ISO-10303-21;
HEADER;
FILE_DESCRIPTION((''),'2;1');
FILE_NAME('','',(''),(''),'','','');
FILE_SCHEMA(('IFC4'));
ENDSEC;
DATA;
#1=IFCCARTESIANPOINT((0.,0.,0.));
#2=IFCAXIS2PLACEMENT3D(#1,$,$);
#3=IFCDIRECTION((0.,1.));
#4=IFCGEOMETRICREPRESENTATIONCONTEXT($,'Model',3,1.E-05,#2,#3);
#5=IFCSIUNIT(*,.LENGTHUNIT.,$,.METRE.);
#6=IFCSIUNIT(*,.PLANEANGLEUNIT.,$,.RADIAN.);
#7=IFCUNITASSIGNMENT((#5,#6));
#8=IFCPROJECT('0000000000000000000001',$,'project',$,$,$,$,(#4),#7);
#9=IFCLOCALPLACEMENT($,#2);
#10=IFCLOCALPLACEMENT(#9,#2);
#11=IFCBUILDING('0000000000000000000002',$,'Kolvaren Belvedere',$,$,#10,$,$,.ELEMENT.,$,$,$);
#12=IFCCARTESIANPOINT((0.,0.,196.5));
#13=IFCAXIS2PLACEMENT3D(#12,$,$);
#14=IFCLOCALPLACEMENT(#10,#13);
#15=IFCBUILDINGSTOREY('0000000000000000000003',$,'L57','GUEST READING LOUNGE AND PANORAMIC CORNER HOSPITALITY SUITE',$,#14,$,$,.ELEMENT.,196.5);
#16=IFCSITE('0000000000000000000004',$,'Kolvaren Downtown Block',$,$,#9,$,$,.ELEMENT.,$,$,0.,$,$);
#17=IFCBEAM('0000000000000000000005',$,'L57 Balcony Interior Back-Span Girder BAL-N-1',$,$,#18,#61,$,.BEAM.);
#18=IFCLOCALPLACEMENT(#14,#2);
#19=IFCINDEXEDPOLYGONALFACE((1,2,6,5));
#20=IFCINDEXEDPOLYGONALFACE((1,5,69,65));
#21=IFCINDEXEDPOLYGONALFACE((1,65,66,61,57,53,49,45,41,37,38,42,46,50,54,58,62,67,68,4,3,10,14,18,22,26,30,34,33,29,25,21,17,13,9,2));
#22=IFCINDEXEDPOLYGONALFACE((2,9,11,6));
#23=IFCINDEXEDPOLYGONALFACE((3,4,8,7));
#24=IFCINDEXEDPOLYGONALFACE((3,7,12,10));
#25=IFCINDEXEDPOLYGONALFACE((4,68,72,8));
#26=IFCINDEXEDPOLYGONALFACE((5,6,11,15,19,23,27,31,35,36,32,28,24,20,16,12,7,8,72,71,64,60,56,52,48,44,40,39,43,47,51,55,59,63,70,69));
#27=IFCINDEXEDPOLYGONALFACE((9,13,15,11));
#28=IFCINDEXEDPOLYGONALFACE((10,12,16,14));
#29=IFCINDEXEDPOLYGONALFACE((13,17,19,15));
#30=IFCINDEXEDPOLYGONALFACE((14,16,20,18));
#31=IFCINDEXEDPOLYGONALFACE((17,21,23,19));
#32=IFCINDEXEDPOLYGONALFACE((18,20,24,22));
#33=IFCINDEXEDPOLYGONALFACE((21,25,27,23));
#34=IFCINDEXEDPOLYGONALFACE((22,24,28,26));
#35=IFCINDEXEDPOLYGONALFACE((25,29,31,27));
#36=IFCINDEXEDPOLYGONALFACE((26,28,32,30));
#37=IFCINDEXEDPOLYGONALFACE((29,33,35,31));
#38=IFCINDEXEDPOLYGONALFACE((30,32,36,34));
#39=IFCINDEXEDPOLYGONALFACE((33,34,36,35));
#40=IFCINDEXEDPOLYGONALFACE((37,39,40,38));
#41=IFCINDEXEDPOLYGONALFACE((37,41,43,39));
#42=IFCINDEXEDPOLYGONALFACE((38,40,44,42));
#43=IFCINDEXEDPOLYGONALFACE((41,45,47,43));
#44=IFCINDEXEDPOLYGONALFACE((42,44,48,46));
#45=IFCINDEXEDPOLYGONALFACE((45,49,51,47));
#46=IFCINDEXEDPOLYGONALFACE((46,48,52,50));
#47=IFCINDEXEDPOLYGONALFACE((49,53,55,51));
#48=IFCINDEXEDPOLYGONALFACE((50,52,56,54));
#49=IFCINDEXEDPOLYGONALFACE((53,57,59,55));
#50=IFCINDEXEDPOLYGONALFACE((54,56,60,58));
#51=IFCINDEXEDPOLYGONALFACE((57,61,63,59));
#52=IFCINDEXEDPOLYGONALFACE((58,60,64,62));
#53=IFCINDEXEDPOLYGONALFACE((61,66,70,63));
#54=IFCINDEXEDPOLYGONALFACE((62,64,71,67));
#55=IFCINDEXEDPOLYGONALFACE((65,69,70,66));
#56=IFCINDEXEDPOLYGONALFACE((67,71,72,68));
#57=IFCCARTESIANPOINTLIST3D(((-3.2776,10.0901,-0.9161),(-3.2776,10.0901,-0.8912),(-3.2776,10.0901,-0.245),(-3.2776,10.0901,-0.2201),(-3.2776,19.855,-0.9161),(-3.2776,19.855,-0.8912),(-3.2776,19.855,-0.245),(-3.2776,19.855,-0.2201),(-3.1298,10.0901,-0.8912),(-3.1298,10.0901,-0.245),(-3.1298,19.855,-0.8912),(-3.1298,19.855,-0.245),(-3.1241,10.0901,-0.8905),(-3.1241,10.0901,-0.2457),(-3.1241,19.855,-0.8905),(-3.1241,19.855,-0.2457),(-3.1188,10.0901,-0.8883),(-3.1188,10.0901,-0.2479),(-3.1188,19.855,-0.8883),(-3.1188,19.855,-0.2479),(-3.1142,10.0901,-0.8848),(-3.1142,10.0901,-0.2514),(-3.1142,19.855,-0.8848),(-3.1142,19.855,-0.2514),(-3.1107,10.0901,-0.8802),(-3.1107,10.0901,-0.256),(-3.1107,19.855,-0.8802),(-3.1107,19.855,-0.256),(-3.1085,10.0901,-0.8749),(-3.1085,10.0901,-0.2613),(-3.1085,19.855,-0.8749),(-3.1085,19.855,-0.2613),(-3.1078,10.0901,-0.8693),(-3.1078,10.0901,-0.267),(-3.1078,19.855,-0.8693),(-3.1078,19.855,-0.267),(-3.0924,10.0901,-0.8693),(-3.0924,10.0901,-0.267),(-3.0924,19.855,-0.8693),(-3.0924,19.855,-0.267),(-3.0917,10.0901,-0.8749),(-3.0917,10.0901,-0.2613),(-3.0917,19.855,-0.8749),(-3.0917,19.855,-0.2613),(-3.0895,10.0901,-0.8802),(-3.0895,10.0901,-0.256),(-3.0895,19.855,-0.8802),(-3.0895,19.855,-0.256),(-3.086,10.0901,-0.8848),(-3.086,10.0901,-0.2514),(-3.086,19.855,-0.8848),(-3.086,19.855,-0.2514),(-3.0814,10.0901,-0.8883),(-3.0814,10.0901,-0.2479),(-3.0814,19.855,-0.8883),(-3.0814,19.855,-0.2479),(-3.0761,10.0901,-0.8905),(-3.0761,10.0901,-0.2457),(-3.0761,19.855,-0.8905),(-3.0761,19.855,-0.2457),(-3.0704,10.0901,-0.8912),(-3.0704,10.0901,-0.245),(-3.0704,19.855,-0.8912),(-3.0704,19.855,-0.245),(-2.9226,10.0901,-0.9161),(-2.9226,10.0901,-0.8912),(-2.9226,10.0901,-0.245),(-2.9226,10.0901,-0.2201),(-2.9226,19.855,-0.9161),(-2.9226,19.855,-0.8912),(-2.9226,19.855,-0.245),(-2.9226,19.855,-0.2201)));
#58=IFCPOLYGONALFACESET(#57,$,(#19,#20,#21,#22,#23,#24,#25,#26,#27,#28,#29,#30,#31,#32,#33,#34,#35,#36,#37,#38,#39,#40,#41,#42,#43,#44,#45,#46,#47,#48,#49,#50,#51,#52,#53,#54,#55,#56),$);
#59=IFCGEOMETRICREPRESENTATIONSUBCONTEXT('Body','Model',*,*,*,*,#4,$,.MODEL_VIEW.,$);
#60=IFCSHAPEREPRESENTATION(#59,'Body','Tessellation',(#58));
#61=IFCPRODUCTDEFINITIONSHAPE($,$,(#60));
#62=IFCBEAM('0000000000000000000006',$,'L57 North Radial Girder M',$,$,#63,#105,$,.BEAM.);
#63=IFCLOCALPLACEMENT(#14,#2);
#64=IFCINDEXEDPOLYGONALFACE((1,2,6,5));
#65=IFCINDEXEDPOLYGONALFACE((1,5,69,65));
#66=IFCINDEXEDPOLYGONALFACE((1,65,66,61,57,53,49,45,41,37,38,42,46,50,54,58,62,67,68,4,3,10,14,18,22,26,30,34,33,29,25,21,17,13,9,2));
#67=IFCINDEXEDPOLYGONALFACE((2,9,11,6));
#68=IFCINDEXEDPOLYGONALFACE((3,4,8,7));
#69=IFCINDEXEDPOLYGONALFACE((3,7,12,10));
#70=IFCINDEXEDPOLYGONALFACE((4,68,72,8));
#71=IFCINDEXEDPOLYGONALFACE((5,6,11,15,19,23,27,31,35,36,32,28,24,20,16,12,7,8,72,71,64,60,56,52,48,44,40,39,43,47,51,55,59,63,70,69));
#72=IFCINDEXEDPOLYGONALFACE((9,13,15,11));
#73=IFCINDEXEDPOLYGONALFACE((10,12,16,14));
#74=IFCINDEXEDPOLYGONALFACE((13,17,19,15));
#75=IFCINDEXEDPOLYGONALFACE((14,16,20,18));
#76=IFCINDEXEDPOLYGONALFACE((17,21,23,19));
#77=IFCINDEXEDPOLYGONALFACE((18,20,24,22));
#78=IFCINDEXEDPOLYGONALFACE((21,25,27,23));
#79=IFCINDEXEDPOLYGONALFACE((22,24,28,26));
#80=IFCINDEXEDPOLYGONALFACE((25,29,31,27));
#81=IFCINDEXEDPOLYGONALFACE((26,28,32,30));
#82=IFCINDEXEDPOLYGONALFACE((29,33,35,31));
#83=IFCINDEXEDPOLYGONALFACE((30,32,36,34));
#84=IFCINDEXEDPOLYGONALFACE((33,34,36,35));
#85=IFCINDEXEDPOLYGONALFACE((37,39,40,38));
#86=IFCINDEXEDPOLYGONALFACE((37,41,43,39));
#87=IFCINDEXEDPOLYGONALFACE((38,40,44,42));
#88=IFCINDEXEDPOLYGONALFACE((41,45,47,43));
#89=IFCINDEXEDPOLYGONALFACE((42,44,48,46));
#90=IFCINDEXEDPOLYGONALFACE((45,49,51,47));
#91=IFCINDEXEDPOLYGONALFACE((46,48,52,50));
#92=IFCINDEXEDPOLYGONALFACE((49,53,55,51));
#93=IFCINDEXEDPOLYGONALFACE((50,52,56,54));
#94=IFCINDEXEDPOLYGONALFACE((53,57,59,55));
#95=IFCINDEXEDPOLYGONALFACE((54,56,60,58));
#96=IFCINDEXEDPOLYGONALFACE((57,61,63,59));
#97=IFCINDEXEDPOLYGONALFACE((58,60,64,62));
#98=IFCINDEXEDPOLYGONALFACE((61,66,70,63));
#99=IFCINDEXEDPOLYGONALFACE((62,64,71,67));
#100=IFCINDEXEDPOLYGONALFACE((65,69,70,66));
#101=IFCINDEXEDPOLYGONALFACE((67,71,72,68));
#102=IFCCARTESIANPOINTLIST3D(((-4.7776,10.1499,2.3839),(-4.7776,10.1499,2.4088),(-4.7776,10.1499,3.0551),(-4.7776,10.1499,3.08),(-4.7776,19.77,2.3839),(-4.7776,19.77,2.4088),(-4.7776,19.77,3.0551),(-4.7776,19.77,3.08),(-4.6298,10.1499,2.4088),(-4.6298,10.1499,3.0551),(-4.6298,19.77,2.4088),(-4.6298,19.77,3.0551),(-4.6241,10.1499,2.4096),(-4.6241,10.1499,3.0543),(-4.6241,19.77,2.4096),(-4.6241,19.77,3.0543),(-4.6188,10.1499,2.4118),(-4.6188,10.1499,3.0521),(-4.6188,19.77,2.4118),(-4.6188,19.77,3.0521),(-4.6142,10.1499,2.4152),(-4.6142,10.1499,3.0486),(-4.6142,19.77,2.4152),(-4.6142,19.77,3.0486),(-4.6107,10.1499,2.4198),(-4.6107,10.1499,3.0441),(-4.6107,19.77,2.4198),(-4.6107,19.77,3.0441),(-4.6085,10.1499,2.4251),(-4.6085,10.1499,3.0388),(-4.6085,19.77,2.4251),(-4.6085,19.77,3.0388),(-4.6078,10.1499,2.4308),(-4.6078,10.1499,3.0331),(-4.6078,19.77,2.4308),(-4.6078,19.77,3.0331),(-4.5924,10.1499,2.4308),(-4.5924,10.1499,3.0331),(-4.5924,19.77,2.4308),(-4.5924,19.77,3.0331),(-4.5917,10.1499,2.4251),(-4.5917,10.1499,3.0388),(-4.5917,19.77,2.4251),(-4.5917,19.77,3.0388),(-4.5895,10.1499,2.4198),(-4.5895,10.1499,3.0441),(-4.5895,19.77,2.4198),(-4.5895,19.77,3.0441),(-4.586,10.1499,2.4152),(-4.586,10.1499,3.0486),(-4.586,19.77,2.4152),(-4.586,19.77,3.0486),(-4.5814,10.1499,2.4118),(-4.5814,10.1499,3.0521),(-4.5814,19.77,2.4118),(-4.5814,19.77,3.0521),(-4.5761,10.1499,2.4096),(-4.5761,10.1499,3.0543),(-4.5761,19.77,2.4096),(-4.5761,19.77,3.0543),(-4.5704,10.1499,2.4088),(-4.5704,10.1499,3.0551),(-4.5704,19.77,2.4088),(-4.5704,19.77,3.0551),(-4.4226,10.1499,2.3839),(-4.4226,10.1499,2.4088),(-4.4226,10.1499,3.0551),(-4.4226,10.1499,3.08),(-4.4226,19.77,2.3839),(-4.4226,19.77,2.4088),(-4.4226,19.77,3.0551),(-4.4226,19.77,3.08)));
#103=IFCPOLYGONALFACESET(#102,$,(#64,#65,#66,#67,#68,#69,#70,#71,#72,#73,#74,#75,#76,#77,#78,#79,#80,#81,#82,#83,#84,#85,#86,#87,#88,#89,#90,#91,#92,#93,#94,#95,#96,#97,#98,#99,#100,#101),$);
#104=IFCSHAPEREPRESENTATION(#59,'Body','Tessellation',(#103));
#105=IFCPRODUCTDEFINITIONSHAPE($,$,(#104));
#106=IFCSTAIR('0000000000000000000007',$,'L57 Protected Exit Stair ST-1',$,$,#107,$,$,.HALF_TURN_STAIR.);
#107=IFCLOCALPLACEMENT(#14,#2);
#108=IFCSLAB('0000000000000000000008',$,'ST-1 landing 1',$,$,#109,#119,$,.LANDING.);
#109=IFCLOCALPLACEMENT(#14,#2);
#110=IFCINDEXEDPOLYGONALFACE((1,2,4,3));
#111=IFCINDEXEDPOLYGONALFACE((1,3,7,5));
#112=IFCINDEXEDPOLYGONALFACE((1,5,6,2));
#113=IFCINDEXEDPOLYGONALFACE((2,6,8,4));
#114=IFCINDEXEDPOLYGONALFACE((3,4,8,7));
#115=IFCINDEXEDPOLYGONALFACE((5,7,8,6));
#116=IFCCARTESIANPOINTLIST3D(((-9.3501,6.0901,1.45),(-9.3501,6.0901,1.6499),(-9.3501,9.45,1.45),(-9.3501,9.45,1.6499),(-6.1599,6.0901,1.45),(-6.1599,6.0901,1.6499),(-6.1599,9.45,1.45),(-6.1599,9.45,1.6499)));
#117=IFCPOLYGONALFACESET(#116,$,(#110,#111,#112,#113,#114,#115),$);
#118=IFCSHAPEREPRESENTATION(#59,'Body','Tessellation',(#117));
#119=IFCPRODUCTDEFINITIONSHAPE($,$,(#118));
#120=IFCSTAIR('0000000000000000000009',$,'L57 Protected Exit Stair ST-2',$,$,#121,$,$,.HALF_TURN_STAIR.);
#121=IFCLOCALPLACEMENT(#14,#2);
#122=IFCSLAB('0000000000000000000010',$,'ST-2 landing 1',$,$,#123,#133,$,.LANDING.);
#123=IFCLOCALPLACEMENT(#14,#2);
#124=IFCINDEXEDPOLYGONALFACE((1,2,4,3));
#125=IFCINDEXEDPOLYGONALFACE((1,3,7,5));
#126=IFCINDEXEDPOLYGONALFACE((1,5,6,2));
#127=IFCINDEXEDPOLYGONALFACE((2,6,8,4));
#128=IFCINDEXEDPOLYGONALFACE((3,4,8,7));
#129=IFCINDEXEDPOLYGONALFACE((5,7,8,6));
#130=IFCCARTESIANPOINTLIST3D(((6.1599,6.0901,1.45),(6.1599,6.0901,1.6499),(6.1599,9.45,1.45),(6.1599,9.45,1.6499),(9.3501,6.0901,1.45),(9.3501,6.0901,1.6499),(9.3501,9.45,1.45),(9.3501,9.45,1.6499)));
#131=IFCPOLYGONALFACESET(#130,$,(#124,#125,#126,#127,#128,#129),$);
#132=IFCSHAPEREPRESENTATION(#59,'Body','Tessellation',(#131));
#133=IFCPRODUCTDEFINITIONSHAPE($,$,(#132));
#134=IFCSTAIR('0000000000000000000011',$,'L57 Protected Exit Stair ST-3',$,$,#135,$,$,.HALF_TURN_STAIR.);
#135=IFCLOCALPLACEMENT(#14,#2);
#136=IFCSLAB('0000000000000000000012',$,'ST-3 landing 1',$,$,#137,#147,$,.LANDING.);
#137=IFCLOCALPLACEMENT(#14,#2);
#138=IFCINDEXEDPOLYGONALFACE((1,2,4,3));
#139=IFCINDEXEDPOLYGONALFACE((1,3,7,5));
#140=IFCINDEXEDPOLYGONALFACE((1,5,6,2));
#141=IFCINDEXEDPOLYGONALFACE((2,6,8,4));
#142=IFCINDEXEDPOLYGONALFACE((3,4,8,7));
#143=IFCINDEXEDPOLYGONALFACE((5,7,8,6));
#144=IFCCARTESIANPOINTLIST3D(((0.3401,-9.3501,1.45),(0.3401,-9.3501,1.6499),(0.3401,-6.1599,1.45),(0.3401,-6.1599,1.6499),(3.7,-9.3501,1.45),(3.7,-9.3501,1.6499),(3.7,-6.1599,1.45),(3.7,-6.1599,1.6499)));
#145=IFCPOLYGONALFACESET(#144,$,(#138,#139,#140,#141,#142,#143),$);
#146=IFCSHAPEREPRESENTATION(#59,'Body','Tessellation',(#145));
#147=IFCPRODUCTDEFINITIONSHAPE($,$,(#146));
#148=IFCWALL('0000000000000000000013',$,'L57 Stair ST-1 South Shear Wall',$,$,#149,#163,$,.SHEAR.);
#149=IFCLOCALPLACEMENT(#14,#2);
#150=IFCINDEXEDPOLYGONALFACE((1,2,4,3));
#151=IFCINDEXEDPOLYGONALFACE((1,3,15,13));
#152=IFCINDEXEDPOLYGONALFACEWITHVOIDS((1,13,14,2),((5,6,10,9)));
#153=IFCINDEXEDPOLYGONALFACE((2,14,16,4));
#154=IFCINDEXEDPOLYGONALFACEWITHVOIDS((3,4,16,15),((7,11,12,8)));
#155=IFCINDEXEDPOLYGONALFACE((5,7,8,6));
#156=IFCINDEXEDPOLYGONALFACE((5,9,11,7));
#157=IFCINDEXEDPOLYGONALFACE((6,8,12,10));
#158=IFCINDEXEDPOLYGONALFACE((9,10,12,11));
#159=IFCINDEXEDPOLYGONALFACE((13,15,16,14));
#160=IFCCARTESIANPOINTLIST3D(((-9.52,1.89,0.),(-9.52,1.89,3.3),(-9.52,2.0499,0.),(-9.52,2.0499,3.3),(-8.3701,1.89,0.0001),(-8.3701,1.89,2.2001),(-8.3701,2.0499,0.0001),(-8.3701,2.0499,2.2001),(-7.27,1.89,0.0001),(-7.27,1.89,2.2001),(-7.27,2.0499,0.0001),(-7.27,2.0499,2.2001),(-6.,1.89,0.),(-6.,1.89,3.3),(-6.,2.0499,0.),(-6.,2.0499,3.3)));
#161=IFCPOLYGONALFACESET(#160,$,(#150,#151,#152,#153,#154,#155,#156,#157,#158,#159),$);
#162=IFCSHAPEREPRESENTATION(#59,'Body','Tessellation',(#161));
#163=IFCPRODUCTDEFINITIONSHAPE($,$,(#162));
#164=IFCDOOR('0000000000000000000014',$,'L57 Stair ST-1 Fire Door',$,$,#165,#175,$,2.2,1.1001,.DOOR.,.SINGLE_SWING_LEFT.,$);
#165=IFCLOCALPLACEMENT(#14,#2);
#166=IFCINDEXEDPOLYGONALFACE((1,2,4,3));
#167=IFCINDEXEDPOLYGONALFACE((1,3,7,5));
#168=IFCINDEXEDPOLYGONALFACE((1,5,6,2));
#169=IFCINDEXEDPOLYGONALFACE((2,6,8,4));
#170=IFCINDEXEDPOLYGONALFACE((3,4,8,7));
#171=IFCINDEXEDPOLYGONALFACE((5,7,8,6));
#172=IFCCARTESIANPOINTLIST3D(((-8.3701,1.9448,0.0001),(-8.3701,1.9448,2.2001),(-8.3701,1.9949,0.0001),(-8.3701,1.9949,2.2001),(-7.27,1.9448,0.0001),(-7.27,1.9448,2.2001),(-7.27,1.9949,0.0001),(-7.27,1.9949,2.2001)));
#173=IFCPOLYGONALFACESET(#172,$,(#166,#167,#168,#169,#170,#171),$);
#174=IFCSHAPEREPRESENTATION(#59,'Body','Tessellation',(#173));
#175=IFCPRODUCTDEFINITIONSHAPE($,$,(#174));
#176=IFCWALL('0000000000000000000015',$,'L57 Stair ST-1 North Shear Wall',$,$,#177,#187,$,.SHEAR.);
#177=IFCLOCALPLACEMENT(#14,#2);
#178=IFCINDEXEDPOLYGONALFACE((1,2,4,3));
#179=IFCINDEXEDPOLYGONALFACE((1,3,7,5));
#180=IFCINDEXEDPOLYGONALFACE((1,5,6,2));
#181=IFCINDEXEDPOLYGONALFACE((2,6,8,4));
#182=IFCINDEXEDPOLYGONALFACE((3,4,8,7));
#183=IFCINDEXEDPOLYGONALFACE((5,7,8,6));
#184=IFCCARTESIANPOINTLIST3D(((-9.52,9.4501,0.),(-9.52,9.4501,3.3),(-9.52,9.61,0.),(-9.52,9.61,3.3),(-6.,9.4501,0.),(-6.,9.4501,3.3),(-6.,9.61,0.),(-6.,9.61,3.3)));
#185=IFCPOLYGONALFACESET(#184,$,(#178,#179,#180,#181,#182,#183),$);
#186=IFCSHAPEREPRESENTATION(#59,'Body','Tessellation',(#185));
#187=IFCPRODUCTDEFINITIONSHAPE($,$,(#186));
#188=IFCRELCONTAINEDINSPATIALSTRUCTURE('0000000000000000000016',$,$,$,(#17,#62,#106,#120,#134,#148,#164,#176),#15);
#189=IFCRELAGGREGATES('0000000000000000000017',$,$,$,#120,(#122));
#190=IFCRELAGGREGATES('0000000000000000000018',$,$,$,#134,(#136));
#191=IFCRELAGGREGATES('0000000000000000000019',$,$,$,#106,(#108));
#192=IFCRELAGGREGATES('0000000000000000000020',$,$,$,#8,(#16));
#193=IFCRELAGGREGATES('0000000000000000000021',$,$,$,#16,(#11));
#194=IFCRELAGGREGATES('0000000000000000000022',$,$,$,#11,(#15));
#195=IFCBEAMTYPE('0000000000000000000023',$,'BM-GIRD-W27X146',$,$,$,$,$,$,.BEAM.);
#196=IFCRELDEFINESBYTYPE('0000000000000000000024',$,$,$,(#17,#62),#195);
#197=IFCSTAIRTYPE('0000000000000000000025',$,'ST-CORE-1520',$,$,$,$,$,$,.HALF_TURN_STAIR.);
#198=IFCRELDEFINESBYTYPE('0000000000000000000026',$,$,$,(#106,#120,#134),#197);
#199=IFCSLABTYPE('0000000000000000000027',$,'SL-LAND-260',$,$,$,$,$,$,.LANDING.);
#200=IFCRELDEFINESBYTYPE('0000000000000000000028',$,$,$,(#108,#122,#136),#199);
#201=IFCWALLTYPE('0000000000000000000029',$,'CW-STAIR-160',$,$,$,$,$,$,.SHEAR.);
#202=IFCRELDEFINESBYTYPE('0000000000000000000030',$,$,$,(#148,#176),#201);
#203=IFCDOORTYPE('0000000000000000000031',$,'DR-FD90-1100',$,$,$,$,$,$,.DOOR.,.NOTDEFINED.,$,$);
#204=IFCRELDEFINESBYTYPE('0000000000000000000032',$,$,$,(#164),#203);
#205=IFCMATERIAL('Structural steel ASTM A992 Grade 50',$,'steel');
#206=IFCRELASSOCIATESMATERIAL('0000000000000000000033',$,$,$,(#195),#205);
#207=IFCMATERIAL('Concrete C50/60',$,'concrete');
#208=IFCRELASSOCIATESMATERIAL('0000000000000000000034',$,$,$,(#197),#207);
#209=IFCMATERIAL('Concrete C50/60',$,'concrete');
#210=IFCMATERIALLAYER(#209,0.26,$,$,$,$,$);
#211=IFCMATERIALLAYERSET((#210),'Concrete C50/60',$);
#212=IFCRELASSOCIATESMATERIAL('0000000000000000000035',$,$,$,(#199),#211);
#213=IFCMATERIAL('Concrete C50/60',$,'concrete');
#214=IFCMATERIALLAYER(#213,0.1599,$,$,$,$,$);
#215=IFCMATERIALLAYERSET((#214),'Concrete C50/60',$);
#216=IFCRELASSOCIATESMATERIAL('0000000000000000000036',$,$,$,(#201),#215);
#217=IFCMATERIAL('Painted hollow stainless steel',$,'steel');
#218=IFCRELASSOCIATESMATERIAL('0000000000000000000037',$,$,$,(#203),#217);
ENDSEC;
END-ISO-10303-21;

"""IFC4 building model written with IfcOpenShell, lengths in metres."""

from ifc_helpers import new_model, si_unit, direction, frame, frame_2d, origin, origin_2d, place, context, subcontext, project, spatial, polyline, rectangle, i_section, outline, extrude, material, layer, layer_set, material_profile, profile_set, type_object, element, fill, aggregate, save


model = new_model("IFC4")

# Units and contexts
model_context = context("Model", 3, precision=1e-05, world=origin(), true_north=direction((0.0, 1.0)))
body_context = subcontext(model_context, "Body", "Model", "MODEL_VIEW")
ifc_project = project(units=[si_unit("LENGTHUNIT", "METRE"), si_unit("PLANEANGLEUNIT", "RADIAN")], contexts=[model_context])

# Site, building, storey
site_placement = place(None, origin())
site = spatial("IfcSite", under=ifc_project, at=site_placement, Name="Kolvaren Downtown Block", CompositionType="ELEMENT", RefElevation=0.0)
building_placement = place(site_placement, origin())
building = spatial("IfcBuilding", under=site, at=building_placement, Name="Kolvaren Belvedere", CompositionType="ELEMENT")
storey_placement = place(building_placement, frame((0.0, 0.0, 196.5)))
storey = spatial("IfcBuildingStorey", under=building, at=storey_placement, Name="L57", Description="GUEST READING LOUNGE AND PANORAMIC CORNER HOSPITALITY SUITE", CompositionType="ELEMENT", Elevation=196.5)

# Beams
ifc_material_1 = material(Name="Structural steel ASTM A992 Grade 50", Category="steel")
ifc_material_profile = material_profile(ifc_material_1, i_section(OverallWidth=0.355, OverallDepth=0.696, WebThickness=0.0154, FlangeThickness=0.0249, FilletRadius=0.022, at=origin_2d()), Name="W27X146")
ifc_profile_set = profile_set([ifc_material_profile], Name="Structural steel ASTM A992 Grade 50")
beam_type = type_object("IfcBeamType", Name="BM-GIRD-W27X146", PredefinedType="BEAM", material=ifc_profile_set)
beam_1_placement = place(storey_placement, frame((-3.1001, 10.0901, -0.5681), z_axis=(0.0, 1.0, 0.0), x_axis=(-1.0, 0.0, 0.0)))
element("IfcBeam", 1, at=beam_1_placement, inside=storey, type_object=beam_type, Name="L57 Balcony Interior Back-Span Girder BAL-N-1", PredefinedType="BEAM", context=body_context, shape_type="SweptSolid", body=[
    extrude(i_section(OverallWidth=0.355, OverallDepth=0.696, WebThickness=0.0154, FlangeThickness=0.0249, FilletRadius=0.022, at=origin_2d()), origin(), (0.0, 0.0, 1.0), 9.7649),
])
beam_2_placement = place(storey_placement, frame((-4.6001, 10.1499, 2.7319), z_axis=(0.0, 1.0, 0.0), x_axis=(-1.0, 0.0, 0.0)))
element("IfcBeam", 2, at=beam_2_placement, inside=storey, type_object=beam_type, Name="L57 North Radial Girder M", PredefinedType="BEAM", context=body_context, shape_type="SweptSolid", body=[
    extrude(i_section(OverallWidth=0.355, OverallDepth=0.696, WebThickness=0.0154, FlangeThickness=0.0249, FilletRadius=0.022, at=origin_2d()), origin(), (0.0, 0.0, 1.0), 9.6201),
])

# Stairs, slabs
ifc_material_2 = material(Name="Concrete C50/60", Category="concrete")
stair_type = type_object("IfcStairType", Name="ST-CORE-1520", PredefinedType="HALF_TURN_STAIR", material=ifc_material_2)
stair_1_placement = place(storey_placement, origin())
stair_1 = element("IfcStair", 3, at=stair_1_placement, inside=storey, type_object=stair_type, Name="L57 Protected Exit Stair ST-1", PredefinedType="HALF_TURN_STAIR")
ifc_material_3 = material(Name="Concrete C50/60", Category="concrete")
ifc_layer_1 = layer(ifc_material_3, 0.26)
ifc_layer_set_1 = layer_set([ifc_layer_1], Name="Concrete C50/60")
slab_type = type_object("IfcSlabType", Name="SL-LAND-260", PredefinedType="LANDING", material=ifc_layer_set_1)
slab_1_placement = place(storey_placement, frame((0.0, 0.0, 1.45)))
slab_1 = element("IfcSlab", 4, at=slab_1_placement, type_object=slab_type, Name="ST-1 landing 1", PredefinedType="LANDING", context=body_context, shape_type="SweptSolid", body=[
    extrude(outline(polyline([(-6.1599, 6.0901), (-6.1599, 9.45), (-9.3501, 9.45), (-9.3501, 6.0901), (-6.1599, 6.0901)])), origin(), (0.0, 0.0, 1.0), 0.2),
])
stair_2_placement = place(storey_placement, origin())
stair_2 = element("IfcStair", 5, at=stair_2_placement, inside=storey, type_object=stair_type, Name="L57 Protected Exit Stair ST-2", PredefinedType="HALF_TURN_STAIR")
slab_2_placement = place(storey_placement, frame((0.0, 0.0, 1.45)))
slab_2 = element("IfcSlab", 6, at=slab_2_placement, type_object=slab_type, Name="ST-2 landing 1", PredefinedType="LANDING", context=body_context, shape_type="SweptSolid", body=[
    extrude(outline(polyline([(9.3501, 6.0901), (9.3501, 9.45), (6.1599, 9.45), (6.1599, 6.0901), (9.3501, 6.0901)])), origin(), (0.0, 0.0, 1.0), 0.2),
])
aggregate(stair_2, [slab_2])
stair_3_placement = place(storey_placement, origin())
stair_3 = element("IfcStair", 7, at=stair_3_placement, inside=storey, type_object=stair_type, Name="L57 Protected Exit Stair ST-3", PredefinedType="HALF_TURN_STAIR")
slab_3_placement = place(storey_placement, frame((0.0, 0.0, 1.45)))
slab_3 = element("IfcSlab", 8, at=slab_3_placement, type_object=slab_type, Name="ST-3 landing 1", PredefinedType="LANDING", context=body_context, shape_type="SweptSolid", body=[
    extrude(outline(polyline([(0.3401, -9.3501), (3.7, -9.3501), (3.7, -6.1599), (0.3401, -6.1599), (0.3401, -9.3501)])), origin(), (0.0, 0.0, 1.0), 0.2),
])
aggregate(stair_3, [slab_3])

# Wall, opening, door
ifc_material_4 = material(Name="Concrete C50/60", Category="concrete")
ifc_layer_2 = layer(ifc_material_4, 0.1599)
ifc_layer_set_2 = layer_set([ifc_layer_2], Name="Concrete C50/60")
wall_type_1 = type_object("IfcWallType", Name="CW-STAIR-160", PredefinedType="SHEAR", material=ifc_layer_set_2)
wall_1_placement = place(storey_placement, frame((-9.52, 1.97, 0.0), z_axis=(0.0, 0.0, 1.0), x_axis=(1.0, 0.0, 0.0)))
wall_1 = element("IfcWall", 9, at=wall_1_placement, inside=storey, type_object=wall_type_1, Name="L57 Stair ST-1 South Shear Wall", PredefinedType="SHEAR", context=body_context, shape_type="SweptSolid", body=[
    extrude(rectangle(XDim=3.52, YDim=0.1599, at=frame_2d((1.76, 0.0))), origin(), (0.0, 0.0, 1.0), 3.3),
])
opening_1_placement = place(wall_1_placement, frame((1.1499, 0.0, 0.0)))
opening_1 = element("IfcOpeningElement", 10, at=opening_1_placement, cuts=wall_1, PredefinedType="OPENING", context=body_context, shape_type="SweptSolid", body=[
    extrude(rectangle(XDim=1.1001, YDim=2.2, at=frame_2d((0.55, 1.1001))), frame((0.0, 0.0898, 0.0), z_axis=(0.0, -1.0, 0.0), x_axis=(1.0, 0.0, 0.0)), (0.0, 0.0, 1.0), 0.1799),
])
ifc_material_5 = material(Name="Painted hollow stainless steel", Category="steel")
door_type_1 = type_object("IfcDoorType", Name="DR-FD90-1100", OperationType="NOTDEFINED", PredefinedType="DOOR", material=ifc_material_5)
door_1_placement = place(opening_1_placement, origin())
door_1 = element("IfcDoor", 11, at=door_1_placement, inside=storey, type_object=door_type_1, Name="L57 Stair ST-1 Fire Door", OperationType="SINGLE_SWING_LEFT", OverallHeight=2.2, OverallWidth=1.1001, PredefinedType="DOOR", context=body_context, shape_type="SweptSolid", body=[
    extrude(rectangle(XDim=1.1001, YDim=2.2, at=frame_2d((0.55, 1.1001))), frame((0.0, 0.0249, 0.0), z_axis=(0.0, -1.0, 0.0), x_axis=(1.0, 0.0, 0.0)), (0.0, 0.0, 1.0), 0.05),
])
fill(opening_1, door_1)

# Wall
wall_2_placement = place(storey_placement, frame((-9.52, 9.53, 0.0), z_axis=(0.0, 0.0, 1.0), x_axis=(1.0, 0.0, 0.0)))
element("IfcWall", 12, at=wall_2_placement, inside=storey, type_object=wall_type_1, Name="L57 Stair ST-1 North Shear Wall", PredefinedType="SHEAR", context=body_context, shape_type="SweptSolid", body=[
    extrude(rectangle(XDim=3.52, YDim=0.1599, at=frame_2d((1.76, 0.0))), origin(), (0.0, 0.0, 1.0), 3.3),
])

aggregate(stair_1, [slab_1])

save(model, "model.ifc")
